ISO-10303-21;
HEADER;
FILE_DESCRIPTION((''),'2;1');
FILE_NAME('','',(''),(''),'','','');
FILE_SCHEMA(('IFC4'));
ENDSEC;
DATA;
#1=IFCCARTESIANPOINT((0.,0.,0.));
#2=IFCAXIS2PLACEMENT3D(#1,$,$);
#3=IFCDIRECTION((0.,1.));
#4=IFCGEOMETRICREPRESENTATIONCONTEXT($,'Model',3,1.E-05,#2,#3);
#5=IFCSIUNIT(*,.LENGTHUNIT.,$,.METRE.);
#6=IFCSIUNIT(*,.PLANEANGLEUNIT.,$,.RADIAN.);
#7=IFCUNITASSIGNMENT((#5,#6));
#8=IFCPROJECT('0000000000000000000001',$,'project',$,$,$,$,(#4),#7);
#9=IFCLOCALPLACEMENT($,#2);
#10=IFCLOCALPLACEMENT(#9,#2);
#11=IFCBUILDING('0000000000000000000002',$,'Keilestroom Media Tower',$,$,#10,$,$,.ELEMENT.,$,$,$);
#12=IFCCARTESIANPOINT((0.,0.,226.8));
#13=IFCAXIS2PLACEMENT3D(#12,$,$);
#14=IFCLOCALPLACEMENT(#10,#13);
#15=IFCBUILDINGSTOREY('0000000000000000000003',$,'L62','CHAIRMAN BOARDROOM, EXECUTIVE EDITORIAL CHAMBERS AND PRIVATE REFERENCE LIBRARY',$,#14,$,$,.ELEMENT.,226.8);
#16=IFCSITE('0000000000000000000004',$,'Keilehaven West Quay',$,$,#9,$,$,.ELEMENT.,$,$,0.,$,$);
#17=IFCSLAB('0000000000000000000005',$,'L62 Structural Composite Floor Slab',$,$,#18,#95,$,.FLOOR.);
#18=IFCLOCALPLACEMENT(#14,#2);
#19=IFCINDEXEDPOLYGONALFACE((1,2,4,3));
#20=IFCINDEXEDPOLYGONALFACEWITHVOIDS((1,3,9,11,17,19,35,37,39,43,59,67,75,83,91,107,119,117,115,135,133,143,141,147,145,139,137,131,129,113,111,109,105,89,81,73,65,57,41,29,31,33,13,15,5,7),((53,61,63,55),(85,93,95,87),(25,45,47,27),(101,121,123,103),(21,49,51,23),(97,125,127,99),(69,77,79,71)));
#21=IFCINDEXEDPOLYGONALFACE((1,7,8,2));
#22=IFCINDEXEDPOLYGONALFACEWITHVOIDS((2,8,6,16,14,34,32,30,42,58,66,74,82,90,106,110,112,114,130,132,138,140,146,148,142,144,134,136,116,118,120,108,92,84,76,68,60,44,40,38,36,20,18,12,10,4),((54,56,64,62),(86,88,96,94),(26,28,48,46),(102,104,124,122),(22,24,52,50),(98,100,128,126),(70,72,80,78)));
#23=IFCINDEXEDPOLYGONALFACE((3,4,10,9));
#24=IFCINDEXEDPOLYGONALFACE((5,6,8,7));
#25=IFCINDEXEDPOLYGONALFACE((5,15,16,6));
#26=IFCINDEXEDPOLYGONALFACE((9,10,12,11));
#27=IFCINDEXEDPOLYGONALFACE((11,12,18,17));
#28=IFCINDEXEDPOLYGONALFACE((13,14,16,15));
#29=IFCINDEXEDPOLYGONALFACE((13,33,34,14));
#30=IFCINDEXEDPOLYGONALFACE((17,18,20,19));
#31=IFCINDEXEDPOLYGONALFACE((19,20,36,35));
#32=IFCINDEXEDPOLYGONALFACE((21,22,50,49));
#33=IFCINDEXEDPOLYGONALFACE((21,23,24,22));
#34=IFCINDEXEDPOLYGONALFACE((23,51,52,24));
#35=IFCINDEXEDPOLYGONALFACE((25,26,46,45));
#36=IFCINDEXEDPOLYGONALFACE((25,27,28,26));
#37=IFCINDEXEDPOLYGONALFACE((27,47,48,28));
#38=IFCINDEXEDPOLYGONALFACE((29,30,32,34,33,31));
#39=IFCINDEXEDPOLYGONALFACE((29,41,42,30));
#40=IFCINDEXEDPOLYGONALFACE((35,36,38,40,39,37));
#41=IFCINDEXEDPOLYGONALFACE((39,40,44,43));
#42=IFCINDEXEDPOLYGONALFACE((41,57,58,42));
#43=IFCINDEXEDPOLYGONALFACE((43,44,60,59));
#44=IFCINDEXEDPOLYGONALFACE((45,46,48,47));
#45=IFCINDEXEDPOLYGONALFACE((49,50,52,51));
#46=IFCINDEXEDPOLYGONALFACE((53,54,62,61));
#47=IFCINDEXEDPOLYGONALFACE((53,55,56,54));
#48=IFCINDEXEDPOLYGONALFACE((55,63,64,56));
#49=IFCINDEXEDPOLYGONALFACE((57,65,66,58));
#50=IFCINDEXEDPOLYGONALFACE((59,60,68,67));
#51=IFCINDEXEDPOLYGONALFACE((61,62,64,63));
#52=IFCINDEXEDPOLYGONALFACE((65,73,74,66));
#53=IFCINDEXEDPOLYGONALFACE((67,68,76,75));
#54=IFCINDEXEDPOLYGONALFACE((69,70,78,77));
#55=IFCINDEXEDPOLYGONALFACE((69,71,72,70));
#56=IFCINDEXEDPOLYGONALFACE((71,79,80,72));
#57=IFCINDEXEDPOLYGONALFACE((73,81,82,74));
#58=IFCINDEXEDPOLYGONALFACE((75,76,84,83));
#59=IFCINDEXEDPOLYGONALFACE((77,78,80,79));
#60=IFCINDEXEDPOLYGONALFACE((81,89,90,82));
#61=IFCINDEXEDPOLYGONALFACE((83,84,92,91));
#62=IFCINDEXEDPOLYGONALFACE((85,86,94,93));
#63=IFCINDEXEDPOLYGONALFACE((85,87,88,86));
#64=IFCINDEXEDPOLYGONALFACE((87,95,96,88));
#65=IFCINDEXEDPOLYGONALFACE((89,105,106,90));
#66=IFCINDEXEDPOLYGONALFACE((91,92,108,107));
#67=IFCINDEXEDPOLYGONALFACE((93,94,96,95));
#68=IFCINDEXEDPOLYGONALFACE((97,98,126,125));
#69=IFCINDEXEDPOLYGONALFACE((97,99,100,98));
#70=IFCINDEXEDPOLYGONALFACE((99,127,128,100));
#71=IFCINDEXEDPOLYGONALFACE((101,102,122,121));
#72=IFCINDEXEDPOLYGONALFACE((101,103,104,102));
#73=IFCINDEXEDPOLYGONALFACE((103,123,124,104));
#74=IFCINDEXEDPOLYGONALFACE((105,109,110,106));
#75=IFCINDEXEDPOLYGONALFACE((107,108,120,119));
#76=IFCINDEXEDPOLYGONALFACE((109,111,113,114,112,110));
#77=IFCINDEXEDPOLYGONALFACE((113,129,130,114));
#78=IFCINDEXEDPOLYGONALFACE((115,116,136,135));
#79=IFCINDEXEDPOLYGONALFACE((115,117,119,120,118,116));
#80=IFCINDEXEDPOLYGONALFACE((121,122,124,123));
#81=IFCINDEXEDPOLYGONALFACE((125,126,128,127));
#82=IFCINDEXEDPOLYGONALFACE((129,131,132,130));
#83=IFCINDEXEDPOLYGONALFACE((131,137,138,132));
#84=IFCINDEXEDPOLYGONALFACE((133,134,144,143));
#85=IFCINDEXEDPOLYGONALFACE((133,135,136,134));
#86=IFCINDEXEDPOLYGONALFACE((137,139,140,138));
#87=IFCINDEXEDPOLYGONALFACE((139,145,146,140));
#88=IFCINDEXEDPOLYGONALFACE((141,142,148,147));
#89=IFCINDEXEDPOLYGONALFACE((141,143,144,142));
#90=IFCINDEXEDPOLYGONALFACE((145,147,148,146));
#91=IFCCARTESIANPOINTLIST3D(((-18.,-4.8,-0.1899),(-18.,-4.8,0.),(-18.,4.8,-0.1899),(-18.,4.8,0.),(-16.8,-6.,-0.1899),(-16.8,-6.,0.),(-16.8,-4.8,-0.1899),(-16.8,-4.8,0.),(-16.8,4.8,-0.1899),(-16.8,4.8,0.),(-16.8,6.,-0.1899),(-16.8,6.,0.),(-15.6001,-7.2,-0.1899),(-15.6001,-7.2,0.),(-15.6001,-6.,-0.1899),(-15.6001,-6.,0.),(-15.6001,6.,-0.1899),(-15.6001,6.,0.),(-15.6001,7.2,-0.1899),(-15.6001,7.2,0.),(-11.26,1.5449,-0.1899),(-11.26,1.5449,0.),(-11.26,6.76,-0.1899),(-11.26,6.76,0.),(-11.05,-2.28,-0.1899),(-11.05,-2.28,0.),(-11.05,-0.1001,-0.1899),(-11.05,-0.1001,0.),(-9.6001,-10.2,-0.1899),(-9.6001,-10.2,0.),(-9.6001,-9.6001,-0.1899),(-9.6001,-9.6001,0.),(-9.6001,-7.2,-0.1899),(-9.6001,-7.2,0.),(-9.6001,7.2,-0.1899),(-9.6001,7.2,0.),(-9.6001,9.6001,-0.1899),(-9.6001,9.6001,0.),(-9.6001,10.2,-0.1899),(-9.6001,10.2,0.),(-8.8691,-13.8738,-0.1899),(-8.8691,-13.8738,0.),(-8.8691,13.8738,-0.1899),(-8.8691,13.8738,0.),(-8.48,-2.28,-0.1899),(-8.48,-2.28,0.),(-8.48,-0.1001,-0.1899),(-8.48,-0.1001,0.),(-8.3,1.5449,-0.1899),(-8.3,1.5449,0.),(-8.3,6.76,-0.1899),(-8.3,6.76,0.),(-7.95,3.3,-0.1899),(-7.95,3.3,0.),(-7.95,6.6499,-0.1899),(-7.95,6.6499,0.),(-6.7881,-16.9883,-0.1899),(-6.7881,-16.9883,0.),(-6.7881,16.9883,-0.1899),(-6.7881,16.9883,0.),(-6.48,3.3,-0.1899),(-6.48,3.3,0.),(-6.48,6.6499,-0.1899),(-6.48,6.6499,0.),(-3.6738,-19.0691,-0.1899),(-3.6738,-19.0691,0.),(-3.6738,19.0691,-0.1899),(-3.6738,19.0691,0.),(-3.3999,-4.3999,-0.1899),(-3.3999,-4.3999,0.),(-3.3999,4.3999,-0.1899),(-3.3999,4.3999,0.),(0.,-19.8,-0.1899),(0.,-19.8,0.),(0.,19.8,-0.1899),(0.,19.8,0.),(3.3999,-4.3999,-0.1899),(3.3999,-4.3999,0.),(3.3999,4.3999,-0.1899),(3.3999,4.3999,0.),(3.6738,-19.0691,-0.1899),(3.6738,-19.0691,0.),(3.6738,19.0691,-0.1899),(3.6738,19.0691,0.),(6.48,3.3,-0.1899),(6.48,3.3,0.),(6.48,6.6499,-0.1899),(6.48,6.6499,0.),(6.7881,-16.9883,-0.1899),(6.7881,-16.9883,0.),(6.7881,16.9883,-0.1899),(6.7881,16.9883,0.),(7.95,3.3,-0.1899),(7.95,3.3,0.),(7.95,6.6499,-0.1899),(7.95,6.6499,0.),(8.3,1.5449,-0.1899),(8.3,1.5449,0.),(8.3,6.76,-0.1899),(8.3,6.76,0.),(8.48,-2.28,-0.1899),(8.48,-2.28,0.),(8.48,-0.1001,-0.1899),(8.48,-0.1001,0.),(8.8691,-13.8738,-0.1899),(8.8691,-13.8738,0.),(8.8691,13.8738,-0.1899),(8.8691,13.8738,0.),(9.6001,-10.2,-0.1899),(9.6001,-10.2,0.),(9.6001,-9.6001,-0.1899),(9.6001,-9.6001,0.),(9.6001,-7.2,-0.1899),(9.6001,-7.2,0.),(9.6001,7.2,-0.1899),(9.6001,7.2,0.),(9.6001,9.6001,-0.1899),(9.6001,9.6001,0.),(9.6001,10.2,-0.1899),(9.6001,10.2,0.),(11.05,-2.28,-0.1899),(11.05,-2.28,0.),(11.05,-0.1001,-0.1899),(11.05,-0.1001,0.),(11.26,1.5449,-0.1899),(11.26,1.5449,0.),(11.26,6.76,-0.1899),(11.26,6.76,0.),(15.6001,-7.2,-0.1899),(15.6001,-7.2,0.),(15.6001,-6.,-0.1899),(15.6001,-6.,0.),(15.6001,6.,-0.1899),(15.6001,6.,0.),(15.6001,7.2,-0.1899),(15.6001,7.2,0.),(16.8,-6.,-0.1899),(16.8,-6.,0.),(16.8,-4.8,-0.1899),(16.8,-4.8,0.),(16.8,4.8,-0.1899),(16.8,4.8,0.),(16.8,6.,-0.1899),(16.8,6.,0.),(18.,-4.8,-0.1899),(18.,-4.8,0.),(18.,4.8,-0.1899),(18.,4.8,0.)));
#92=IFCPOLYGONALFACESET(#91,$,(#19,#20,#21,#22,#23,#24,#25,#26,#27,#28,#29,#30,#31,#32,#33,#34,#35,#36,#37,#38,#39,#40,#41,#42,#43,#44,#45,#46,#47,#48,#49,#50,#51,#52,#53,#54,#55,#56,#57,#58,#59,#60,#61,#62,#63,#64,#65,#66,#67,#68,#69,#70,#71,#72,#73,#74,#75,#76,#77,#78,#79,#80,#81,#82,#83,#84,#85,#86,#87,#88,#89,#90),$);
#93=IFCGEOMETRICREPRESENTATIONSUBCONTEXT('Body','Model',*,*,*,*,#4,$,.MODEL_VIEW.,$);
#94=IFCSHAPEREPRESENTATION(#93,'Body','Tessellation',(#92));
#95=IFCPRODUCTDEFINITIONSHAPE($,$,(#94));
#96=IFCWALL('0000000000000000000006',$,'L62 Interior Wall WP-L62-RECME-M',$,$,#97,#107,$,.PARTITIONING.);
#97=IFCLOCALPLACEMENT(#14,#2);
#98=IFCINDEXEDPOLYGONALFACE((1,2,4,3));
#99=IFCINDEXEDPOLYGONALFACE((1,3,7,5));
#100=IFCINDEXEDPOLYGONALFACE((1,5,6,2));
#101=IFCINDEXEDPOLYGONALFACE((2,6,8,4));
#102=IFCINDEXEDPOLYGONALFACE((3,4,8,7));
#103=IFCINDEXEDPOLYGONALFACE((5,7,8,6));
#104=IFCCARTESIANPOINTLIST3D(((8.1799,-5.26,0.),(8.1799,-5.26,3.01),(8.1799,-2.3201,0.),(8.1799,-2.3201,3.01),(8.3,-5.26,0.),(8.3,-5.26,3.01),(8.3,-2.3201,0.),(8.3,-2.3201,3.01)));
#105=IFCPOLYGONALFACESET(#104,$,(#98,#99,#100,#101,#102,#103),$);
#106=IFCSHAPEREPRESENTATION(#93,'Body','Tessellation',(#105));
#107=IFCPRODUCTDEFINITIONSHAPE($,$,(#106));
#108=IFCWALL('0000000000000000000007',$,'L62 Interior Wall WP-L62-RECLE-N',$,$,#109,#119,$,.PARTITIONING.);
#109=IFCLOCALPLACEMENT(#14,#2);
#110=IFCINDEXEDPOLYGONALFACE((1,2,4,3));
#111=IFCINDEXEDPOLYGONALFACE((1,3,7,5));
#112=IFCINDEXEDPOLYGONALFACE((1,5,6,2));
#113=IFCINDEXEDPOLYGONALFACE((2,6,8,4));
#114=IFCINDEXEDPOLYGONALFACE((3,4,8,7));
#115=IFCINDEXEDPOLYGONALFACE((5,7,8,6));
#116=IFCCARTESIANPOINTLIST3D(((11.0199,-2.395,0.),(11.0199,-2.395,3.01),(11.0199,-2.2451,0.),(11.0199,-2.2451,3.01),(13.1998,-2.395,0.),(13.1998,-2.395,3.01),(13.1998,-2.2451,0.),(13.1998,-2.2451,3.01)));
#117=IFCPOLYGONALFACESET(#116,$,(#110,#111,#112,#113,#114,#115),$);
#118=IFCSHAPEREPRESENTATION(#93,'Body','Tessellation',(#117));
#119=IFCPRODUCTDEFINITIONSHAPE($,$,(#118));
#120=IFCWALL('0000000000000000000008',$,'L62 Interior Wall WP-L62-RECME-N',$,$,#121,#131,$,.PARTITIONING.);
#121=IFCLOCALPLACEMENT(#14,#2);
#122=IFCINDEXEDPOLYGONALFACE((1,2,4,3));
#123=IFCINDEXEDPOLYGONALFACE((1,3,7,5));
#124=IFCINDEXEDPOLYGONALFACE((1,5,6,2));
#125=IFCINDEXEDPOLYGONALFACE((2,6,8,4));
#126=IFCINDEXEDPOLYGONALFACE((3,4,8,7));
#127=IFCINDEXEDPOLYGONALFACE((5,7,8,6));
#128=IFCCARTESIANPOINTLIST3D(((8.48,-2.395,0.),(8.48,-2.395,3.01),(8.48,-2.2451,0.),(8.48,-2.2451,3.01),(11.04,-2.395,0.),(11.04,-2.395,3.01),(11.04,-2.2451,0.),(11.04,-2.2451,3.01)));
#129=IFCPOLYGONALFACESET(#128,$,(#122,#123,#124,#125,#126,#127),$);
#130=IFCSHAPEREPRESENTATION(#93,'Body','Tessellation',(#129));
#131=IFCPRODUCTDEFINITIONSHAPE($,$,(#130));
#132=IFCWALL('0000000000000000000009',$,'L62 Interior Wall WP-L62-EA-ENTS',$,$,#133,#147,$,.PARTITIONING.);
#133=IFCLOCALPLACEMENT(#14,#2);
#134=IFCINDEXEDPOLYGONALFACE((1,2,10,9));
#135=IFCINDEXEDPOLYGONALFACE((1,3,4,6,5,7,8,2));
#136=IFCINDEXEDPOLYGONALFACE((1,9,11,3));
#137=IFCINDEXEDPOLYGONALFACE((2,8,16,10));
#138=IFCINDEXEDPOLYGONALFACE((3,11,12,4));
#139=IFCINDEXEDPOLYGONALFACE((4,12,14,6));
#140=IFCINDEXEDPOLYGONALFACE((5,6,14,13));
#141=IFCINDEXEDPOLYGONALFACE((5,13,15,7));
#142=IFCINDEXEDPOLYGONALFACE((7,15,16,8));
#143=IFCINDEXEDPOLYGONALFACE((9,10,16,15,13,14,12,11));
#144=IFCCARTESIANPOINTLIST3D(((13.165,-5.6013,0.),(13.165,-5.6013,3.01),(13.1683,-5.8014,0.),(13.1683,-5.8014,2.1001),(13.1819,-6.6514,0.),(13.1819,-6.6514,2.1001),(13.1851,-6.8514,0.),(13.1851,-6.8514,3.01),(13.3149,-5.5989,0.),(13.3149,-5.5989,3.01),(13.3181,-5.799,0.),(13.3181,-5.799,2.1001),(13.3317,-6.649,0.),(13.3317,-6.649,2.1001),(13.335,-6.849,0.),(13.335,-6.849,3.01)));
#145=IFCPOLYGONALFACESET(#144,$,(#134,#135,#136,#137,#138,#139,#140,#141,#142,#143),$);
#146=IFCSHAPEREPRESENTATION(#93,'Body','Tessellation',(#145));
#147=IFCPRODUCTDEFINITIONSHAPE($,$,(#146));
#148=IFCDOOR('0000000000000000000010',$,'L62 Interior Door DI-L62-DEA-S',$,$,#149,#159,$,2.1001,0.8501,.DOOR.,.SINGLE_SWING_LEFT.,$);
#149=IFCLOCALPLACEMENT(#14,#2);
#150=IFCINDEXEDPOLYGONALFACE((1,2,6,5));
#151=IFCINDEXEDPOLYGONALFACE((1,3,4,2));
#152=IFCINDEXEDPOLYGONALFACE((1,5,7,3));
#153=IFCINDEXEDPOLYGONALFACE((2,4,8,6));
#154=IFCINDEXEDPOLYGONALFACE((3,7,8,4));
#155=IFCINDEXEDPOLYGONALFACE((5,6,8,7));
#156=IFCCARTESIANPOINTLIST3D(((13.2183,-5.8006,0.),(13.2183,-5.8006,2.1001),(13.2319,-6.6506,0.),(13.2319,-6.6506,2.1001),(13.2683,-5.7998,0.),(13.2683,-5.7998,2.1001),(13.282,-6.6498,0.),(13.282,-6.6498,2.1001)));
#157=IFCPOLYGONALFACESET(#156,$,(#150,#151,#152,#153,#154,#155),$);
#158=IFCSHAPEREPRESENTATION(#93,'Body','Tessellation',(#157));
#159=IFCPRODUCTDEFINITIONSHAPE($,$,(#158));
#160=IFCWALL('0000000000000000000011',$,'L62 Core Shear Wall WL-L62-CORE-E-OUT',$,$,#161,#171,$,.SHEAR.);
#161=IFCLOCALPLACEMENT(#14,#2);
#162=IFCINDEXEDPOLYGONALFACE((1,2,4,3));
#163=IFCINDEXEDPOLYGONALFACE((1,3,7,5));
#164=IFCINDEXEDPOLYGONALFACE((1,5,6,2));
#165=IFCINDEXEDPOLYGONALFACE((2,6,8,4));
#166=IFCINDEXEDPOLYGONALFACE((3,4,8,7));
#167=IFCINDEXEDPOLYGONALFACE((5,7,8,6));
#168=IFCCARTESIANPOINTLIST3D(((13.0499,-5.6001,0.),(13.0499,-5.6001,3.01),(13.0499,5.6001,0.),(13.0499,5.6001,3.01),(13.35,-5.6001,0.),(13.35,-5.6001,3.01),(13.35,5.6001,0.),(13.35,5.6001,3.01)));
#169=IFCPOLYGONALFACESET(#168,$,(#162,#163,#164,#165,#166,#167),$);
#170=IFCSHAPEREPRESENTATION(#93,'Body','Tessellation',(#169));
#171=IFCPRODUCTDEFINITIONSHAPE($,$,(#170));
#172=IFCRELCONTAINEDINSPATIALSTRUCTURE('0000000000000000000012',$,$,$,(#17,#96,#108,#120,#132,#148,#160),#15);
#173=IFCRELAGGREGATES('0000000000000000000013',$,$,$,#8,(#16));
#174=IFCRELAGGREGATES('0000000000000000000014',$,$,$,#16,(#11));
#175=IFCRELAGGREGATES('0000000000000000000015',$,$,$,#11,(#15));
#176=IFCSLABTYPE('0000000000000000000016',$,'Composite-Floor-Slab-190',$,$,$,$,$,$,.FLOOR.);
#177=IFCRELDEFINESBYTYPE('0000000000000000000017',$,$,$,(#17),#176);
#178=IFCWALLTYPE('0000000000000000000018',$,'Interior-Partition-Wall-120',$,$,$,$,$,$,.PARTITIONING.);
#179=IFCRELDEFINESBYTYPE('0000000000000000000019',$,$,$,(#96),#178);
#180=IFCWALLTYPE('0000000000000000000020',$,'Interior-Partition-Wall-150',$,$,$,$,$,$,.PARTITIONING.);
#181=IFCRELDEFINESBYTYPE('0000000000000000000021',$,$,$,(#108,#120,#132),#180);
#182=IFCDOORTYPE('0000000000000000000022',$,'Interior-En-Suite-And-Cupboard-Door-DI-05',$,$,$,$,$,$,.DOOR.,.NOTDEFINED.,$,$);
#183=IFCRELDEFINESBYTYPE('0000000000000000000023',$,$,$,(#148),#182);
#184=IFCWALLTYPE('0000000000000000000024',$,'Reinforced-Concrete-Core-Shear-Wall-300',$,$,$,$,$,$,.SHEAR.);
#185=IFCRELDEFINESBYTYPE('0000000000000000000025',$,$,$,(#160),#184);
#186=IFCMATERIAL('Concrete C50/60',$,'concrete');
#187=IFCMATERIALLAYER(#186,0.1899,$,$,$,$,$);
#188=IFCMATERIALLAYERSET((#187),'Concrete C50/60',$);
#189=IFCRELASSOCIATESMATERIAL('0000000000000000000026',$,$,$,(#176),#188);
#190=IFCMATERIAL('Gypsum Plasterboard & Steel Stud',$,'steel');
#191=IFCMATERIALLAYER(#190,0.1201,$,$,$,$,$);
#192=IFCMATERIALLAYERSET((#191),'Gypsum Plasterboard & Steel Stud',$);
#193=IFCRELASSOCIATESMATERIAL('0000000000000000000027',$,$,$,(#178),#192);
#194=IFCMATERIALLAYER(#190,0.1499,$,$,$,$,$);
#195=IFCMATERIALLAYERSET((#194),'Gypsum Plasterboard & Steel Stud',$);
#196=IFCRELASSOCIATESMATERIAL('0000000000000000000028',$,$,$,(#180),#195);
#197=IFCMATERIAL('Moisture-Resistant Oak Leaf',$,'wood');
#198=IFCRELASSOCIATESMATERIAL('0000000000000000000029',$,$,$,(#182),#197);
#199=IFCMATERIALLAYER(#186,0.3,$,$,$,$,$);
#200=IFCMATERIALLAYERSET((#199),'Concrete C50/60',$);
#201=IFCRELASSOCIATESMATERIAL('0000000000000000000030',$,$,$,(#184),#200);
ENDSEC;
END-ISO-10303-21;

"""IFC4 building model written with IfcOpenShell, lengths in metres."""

from ifc_helpers import new_model, si_unit, direction, frame, frame_2d, origin, place, context, subcontext, project, spatial, polyline, rectangle, outline, extrude, source, transform, mapped, material, layer, layer_set, type_object, element, fill, save


model = new_model("IFC4")

# Units and contexts
model_context = context("Model", 3, precision=1e-05, world=origin(), true_north=direction((0.0, 1.0)))
body_context = subcontext(model_context, "Body", "Model", "MODEL_VIEW")
ifc_project = project(units=[si_unit("LENGTHUNIT", "METRE"), si_unit("PLANEANGLEUNIT", "RADIAN")], contexts=[model_context])

# Site, building, storey
site_placement = place(None, origin())
site = spatial("IfcSite", under=ifc_project, at=site_placement, Name="Keilehaven West Quay", CompositionType="ELEMENT", RefElevation=0.0)
building_placement = place(site_placement, origin())
building = spatial("IfcBuilding", under=site, at=building_placement, Name="Keilestroom Media Tower", CompositionType="ELEMENT")
storey_placement = place(building_placement, frame((0.0, 0.0, 226.8)))
storey = spatial("IfcBuildingStorey", under=building, at=storey_placement, Name="L62", Description="CHAIRMAN BOARDROOM, EXECUTIVE EDITORIAL CHAMBERS AND PRIVATE REFERENCE LIBRARY", CompositionType="ELEMENT", Elevation=226.8)

# Slab
ifc_material_1 = material(Name="Concrete C50/60", Category="concrete")
ifc_layer_1 = layer(ifc_material_1, 0.1899)
ifc_layer_set_1 = layer_set([ifc_layer_1], Name="Concrete C50/60")
slab_type = type_object("IfcSlabType", Name="Composite-Floor-Slab-190", PredefinedType="FLOOR", material=ifc_layer_set_1)
slab_placement = place(storey_placement, frame((0.0, 0.0, -0.1899)))
element("IfcSlab", 1, at=slab_placement, inside=storey, type_object=slab_type, Name="L62 Structural Composite Floor Slab", PredefinedType="FLOOR", context=body_context, shape_type="SweptSolid", body=[
    extrude(outline(polyline([(18.0, -4.8), (18.0, 4.8), (16.8, 4.8), (16.8, 6.0), (15.6001, 6.0), (15.6001, 7.2), (9.6001, 7.2), (9.6001, 9.6001), (9.6001, 10.2), (8.8691, 13.8738), (6.7881, 16.9883), (3.6738, 19.0691), (0.0, 19.8), (-3.6738, 19.0691), (-6.7881, 16.9883), (-8.8691, 13.8738), (-9.6001, 10.2), (-9.6001, 9.6001), (-9.6001, 7.2), (-15.6001, 7.2), (-15.6001, 6.0), (-16.8, 6.0), (-16.8, 4.8), (-18.0, 4.8), (-18.0, -4.8), (-16.8, -4.8), (-16.8, -6.0), (-15.6001, -6.0), (-15.6001, -7.2), (-9.6001, -7.2), (-9.6001, -9.6001), (-9.6001, -10.2), (-8.8691, -13.8738), (-6.7881, -16.9883), (-3.6738, -19.0691), (0.0, -19.8), (3.6738, -19.0691), (6.7881, -16.9883), (8.8691, -13.8738), (9.6001, -10.2), (9.6001, -9.6001), (9.6001, -7.2), (15.6001, -7.2), (15.6001, -6.0), (16.8, -6.0), (16.8, -4.8), (18.0, -4.8)]), holes=[polyline([(-8.3, 1.5449), (-11.26, 1.5449), (-11.26, 6.76), (-8.3, 6.76), (-8.3, 1.5449)]), polyline([(-8.48, -2.28), (-11.05, -2.28), (-11.05, -0.1001), (-8.48, -0.1001), (-8.48, -2.28)]), polyline([(-6.48, 3.3), (-7.95, 3.3), (-7.95, 6.6499), (-6.48, 6.6499), (-6.48, 3.3)]), polyline([(3.3999, -4.3999), (-3.3999, -4.3999), (-3.3999, 4.3999), (3.3999, 4.3999), (3.3999, -4.3999)]), polyline([(7.95, 3.3), (6.48, 3.3), (6.48, 6.6499), (7.95, 6.6499), (7.95, 3.3)]), polyline([(11.26, 1.5449), (8.3, 1.5449), (8.3, 6.76), (11.26, 6.76), (11.26, 1.5449)]), polyline([(11.05, -2.28), (8.48, -2.28), (8.48, -0.1001), (11.05, -0.1001), (11.05, -2.28)])]), origin(), (0.0, 0.0, 1.0), 0.1899),
])

# Walls
ifc_material_2 = material(Name="Gypsum Plasterboard & Steel Stud", Category="steel")
ifc_layer_2 = layer(ifc_material_2, 0.1201)
ifc_layer_set_2 = layer_set([ifc_layer_2], Name="Gypsum Plasterboard & Steel Stud")
wall_type_1 = type_object("IfcWallType", Name="Interior-Partition-Wall-120", PredefinedType="PARTITIONING", material=ifc_layer_set_2)
wall_1_placement = place(storey_placement, frame((8.24, -5.26, 0.0), z_axis=(0.0, 0.0, 1.0), x_axis=(0.0, 1.0, 0.0)))
element("IfcWall", 2, at=wall_1_placement, inside=storey, type_object=wall_type_1, Name="L62 Interior Wall WP-L62-RECME-M", PredefinedType="PARTITIONING", context=body_context, shape_type="SweptSolid", body=[
    extrude(rectangle(XDim=2.9399, YDim=0.1201, at=frame_2d((1.47, 0.0))), origin(), (0.0, 0.0, 1.0), 3.01),
])
ifc_layer_3 = layer(ifc_material_2, 0.1499)
ifc_layer_set_3 = layer_set([ifc_layer_3], Name="Gypsum Plasterboard & Steel Stud")
wall_type_2 = type_object("IfcWallType", Name="Interior-Partition-Wall-150", PredefinedType="PARTITIONING", material=ifc_layer_set_3)
wall_2_placement = place(storey_placement, frame((11.02, -2.3201, 0.0), z_axis=(0.0, 0.0, 1.0), x_axis=(1.0, 0.0, 0.0)))
element("IfcWall", 3, at=wall_2_placement, inside=storey, type_object=wall_type_2, Name="L62 Interior Wall WP-L62-RECLE-N", PredefinedType="PARTITIONING", context=body_context, shape_type="SweptSolid", body=[
    extrude(rectangle(XDim=2.1799, YDim=0.1499, at=frame_2d((1.0898, 0.0))), origin(), (0.0, 0.0, 1.0), 3.01),
])
wall_3_placement = place(storey_placement, frame((8.48, -2.3201, 0.0), z_axis=(0.0, 0.0, 1.0), x_axis=(1.0, 0.0, 0.0)))
element("IfcWall", 4, at=wall_3_placement, inside=storey, type_object=wall_type_2, Name="L62 Interior Wall WP-L62-RECME-N", PredefinedType="PARTITIONING", context=body_context, shape_type="SweptSolid", body=[
    extrude(rectangle(XDim=2.5601, YDim=0.1499, at=frame_2d((1.28, 0.0))), origin(), (0.0, 0.0, 1.0), 3.01),
])

# Wall, opening, door
wall_4_placement = place(storey_placement, frame((13.26, -6.8501, 0.0), z_axis=(0.0, 0.0, 1.0), x_axis=(-0.016014, 0.999872, 0.0)))
wall_4 = element("IfcWall", 5, at=wall_4_placement, inside=storey, type_object=wall_type_2, Name="L62 Interior Wall WP-L62-EA-ENTS", PredefinedType="PARTITIONING", context=body_context, shape_type="SweptSolid", body=[
    extrude(rectangle(XDim=1.2502, YDim=0.1499, at=frame_2d((0.625, 0.0))), origin(), (0.0, 0.0, 1.0), 3.01),
])
opening_1_placement = place(wall_4_placement, frame((0.2, 0.0, 0.0)))
opening_1 = element("IfcOpeningElement", 6, at=opening_1_placement, cuts=wall_4, PredefinedType="OPENING", context=body_context, shape_type="SweptSolid", body=[
    extrude(rectangle(XDim=0.8501, YDim=2.1001, at=frame_2d((0.425, 1.05))), frame((0.0, 0.085, 0.0), z_axis=(0.0, -1.0, 0.0), x_axis=(1.0, 0.0, 0.0)), (0.0, 0.0, 1.0), 0.1699),
])
ifc_material_3 = material(Name="Moisture-Resistant Oak Leaf", Category="wood")
door_type_1 = type_object("IfcDoorType", Name="Interior-En-Suite-And-Cupboard-Door-DI-05", OperationType="NOTDEFINED", PredefinedType="DOOR", material=ifc_material_3)
shared_shape_1 = source(origin(), body_context, "Body", "SweptSolid", [
    extrude(rectangle(XDim=0.8501, YDim=2.1001, at=frame_2d((0.425, 1.05))), frame((0.0, 0.0249, 0.0), z_axis=(0.0, -1.0, 0.0), x_axis=(1.0, 0.0, 0.0)), (0.0, 0.0, 1.0), 0.05),
])
door_1_placement = place(opening_1_placement, origin())
door_1 = element("IfcDoor", 7, at=door_1_placement, inside=storey, type_object=door_type_1, Name="L62 Interior Door DI-L62-DEA-S", OperationType="SINGLE_SWING_LEFT", OverallHeight=2.1001, OverallWidth=0.8501, PredefinedType="DOOR", context=body_context, shape_type="MappedRepresentation", body=[
    mapped(shared_shape_1, transform((0.0, 0.0, 0.0), x_axis=(1.0, 0.0, 0.0), y_axis=(0.0, 1.0, 0.0), z_axis=(0.0, 0.0, 1.0), scale=1.0)),
])
fill(opening_1, door_1)

# Wall
ifc_layer_4 = layer(ifc_material_1, 0.3)
ifc_layer_set_4 = layer_set([ifc_layer_4], Name="Concrete C50/60")
wall_type_3 = type_object("IfcWallType", Name="Reinforced-Concrete-Core-Shear-Wall-300", PredefinedType="SHEAR", material=ifc_layer_set_4)
wall_5_placement = place(storey_placement, frame((13.2, -5.6001, 0.0), z_axis=(0.0, 0.0, 1.0), x_axis=(0.0, 1.0, 0.0)))
element("IfcWall", 8, at=wall_5_placement, inside=storey, type_object=wall_type_3, Name="L62 Core Shear Wall WL-L62-CORE-E-OUT", PredefinedType="SHEAR", context=body_context, shape_type="SweptSolid", body=[
    extrude(rectangle(XDim=11.2002, YDim=0.3, at=frame_2d((5.6001, 0.0))), origin(), (0.0, 0.0, 1.0), 3.01),
])

save(model, "model.ifc")
